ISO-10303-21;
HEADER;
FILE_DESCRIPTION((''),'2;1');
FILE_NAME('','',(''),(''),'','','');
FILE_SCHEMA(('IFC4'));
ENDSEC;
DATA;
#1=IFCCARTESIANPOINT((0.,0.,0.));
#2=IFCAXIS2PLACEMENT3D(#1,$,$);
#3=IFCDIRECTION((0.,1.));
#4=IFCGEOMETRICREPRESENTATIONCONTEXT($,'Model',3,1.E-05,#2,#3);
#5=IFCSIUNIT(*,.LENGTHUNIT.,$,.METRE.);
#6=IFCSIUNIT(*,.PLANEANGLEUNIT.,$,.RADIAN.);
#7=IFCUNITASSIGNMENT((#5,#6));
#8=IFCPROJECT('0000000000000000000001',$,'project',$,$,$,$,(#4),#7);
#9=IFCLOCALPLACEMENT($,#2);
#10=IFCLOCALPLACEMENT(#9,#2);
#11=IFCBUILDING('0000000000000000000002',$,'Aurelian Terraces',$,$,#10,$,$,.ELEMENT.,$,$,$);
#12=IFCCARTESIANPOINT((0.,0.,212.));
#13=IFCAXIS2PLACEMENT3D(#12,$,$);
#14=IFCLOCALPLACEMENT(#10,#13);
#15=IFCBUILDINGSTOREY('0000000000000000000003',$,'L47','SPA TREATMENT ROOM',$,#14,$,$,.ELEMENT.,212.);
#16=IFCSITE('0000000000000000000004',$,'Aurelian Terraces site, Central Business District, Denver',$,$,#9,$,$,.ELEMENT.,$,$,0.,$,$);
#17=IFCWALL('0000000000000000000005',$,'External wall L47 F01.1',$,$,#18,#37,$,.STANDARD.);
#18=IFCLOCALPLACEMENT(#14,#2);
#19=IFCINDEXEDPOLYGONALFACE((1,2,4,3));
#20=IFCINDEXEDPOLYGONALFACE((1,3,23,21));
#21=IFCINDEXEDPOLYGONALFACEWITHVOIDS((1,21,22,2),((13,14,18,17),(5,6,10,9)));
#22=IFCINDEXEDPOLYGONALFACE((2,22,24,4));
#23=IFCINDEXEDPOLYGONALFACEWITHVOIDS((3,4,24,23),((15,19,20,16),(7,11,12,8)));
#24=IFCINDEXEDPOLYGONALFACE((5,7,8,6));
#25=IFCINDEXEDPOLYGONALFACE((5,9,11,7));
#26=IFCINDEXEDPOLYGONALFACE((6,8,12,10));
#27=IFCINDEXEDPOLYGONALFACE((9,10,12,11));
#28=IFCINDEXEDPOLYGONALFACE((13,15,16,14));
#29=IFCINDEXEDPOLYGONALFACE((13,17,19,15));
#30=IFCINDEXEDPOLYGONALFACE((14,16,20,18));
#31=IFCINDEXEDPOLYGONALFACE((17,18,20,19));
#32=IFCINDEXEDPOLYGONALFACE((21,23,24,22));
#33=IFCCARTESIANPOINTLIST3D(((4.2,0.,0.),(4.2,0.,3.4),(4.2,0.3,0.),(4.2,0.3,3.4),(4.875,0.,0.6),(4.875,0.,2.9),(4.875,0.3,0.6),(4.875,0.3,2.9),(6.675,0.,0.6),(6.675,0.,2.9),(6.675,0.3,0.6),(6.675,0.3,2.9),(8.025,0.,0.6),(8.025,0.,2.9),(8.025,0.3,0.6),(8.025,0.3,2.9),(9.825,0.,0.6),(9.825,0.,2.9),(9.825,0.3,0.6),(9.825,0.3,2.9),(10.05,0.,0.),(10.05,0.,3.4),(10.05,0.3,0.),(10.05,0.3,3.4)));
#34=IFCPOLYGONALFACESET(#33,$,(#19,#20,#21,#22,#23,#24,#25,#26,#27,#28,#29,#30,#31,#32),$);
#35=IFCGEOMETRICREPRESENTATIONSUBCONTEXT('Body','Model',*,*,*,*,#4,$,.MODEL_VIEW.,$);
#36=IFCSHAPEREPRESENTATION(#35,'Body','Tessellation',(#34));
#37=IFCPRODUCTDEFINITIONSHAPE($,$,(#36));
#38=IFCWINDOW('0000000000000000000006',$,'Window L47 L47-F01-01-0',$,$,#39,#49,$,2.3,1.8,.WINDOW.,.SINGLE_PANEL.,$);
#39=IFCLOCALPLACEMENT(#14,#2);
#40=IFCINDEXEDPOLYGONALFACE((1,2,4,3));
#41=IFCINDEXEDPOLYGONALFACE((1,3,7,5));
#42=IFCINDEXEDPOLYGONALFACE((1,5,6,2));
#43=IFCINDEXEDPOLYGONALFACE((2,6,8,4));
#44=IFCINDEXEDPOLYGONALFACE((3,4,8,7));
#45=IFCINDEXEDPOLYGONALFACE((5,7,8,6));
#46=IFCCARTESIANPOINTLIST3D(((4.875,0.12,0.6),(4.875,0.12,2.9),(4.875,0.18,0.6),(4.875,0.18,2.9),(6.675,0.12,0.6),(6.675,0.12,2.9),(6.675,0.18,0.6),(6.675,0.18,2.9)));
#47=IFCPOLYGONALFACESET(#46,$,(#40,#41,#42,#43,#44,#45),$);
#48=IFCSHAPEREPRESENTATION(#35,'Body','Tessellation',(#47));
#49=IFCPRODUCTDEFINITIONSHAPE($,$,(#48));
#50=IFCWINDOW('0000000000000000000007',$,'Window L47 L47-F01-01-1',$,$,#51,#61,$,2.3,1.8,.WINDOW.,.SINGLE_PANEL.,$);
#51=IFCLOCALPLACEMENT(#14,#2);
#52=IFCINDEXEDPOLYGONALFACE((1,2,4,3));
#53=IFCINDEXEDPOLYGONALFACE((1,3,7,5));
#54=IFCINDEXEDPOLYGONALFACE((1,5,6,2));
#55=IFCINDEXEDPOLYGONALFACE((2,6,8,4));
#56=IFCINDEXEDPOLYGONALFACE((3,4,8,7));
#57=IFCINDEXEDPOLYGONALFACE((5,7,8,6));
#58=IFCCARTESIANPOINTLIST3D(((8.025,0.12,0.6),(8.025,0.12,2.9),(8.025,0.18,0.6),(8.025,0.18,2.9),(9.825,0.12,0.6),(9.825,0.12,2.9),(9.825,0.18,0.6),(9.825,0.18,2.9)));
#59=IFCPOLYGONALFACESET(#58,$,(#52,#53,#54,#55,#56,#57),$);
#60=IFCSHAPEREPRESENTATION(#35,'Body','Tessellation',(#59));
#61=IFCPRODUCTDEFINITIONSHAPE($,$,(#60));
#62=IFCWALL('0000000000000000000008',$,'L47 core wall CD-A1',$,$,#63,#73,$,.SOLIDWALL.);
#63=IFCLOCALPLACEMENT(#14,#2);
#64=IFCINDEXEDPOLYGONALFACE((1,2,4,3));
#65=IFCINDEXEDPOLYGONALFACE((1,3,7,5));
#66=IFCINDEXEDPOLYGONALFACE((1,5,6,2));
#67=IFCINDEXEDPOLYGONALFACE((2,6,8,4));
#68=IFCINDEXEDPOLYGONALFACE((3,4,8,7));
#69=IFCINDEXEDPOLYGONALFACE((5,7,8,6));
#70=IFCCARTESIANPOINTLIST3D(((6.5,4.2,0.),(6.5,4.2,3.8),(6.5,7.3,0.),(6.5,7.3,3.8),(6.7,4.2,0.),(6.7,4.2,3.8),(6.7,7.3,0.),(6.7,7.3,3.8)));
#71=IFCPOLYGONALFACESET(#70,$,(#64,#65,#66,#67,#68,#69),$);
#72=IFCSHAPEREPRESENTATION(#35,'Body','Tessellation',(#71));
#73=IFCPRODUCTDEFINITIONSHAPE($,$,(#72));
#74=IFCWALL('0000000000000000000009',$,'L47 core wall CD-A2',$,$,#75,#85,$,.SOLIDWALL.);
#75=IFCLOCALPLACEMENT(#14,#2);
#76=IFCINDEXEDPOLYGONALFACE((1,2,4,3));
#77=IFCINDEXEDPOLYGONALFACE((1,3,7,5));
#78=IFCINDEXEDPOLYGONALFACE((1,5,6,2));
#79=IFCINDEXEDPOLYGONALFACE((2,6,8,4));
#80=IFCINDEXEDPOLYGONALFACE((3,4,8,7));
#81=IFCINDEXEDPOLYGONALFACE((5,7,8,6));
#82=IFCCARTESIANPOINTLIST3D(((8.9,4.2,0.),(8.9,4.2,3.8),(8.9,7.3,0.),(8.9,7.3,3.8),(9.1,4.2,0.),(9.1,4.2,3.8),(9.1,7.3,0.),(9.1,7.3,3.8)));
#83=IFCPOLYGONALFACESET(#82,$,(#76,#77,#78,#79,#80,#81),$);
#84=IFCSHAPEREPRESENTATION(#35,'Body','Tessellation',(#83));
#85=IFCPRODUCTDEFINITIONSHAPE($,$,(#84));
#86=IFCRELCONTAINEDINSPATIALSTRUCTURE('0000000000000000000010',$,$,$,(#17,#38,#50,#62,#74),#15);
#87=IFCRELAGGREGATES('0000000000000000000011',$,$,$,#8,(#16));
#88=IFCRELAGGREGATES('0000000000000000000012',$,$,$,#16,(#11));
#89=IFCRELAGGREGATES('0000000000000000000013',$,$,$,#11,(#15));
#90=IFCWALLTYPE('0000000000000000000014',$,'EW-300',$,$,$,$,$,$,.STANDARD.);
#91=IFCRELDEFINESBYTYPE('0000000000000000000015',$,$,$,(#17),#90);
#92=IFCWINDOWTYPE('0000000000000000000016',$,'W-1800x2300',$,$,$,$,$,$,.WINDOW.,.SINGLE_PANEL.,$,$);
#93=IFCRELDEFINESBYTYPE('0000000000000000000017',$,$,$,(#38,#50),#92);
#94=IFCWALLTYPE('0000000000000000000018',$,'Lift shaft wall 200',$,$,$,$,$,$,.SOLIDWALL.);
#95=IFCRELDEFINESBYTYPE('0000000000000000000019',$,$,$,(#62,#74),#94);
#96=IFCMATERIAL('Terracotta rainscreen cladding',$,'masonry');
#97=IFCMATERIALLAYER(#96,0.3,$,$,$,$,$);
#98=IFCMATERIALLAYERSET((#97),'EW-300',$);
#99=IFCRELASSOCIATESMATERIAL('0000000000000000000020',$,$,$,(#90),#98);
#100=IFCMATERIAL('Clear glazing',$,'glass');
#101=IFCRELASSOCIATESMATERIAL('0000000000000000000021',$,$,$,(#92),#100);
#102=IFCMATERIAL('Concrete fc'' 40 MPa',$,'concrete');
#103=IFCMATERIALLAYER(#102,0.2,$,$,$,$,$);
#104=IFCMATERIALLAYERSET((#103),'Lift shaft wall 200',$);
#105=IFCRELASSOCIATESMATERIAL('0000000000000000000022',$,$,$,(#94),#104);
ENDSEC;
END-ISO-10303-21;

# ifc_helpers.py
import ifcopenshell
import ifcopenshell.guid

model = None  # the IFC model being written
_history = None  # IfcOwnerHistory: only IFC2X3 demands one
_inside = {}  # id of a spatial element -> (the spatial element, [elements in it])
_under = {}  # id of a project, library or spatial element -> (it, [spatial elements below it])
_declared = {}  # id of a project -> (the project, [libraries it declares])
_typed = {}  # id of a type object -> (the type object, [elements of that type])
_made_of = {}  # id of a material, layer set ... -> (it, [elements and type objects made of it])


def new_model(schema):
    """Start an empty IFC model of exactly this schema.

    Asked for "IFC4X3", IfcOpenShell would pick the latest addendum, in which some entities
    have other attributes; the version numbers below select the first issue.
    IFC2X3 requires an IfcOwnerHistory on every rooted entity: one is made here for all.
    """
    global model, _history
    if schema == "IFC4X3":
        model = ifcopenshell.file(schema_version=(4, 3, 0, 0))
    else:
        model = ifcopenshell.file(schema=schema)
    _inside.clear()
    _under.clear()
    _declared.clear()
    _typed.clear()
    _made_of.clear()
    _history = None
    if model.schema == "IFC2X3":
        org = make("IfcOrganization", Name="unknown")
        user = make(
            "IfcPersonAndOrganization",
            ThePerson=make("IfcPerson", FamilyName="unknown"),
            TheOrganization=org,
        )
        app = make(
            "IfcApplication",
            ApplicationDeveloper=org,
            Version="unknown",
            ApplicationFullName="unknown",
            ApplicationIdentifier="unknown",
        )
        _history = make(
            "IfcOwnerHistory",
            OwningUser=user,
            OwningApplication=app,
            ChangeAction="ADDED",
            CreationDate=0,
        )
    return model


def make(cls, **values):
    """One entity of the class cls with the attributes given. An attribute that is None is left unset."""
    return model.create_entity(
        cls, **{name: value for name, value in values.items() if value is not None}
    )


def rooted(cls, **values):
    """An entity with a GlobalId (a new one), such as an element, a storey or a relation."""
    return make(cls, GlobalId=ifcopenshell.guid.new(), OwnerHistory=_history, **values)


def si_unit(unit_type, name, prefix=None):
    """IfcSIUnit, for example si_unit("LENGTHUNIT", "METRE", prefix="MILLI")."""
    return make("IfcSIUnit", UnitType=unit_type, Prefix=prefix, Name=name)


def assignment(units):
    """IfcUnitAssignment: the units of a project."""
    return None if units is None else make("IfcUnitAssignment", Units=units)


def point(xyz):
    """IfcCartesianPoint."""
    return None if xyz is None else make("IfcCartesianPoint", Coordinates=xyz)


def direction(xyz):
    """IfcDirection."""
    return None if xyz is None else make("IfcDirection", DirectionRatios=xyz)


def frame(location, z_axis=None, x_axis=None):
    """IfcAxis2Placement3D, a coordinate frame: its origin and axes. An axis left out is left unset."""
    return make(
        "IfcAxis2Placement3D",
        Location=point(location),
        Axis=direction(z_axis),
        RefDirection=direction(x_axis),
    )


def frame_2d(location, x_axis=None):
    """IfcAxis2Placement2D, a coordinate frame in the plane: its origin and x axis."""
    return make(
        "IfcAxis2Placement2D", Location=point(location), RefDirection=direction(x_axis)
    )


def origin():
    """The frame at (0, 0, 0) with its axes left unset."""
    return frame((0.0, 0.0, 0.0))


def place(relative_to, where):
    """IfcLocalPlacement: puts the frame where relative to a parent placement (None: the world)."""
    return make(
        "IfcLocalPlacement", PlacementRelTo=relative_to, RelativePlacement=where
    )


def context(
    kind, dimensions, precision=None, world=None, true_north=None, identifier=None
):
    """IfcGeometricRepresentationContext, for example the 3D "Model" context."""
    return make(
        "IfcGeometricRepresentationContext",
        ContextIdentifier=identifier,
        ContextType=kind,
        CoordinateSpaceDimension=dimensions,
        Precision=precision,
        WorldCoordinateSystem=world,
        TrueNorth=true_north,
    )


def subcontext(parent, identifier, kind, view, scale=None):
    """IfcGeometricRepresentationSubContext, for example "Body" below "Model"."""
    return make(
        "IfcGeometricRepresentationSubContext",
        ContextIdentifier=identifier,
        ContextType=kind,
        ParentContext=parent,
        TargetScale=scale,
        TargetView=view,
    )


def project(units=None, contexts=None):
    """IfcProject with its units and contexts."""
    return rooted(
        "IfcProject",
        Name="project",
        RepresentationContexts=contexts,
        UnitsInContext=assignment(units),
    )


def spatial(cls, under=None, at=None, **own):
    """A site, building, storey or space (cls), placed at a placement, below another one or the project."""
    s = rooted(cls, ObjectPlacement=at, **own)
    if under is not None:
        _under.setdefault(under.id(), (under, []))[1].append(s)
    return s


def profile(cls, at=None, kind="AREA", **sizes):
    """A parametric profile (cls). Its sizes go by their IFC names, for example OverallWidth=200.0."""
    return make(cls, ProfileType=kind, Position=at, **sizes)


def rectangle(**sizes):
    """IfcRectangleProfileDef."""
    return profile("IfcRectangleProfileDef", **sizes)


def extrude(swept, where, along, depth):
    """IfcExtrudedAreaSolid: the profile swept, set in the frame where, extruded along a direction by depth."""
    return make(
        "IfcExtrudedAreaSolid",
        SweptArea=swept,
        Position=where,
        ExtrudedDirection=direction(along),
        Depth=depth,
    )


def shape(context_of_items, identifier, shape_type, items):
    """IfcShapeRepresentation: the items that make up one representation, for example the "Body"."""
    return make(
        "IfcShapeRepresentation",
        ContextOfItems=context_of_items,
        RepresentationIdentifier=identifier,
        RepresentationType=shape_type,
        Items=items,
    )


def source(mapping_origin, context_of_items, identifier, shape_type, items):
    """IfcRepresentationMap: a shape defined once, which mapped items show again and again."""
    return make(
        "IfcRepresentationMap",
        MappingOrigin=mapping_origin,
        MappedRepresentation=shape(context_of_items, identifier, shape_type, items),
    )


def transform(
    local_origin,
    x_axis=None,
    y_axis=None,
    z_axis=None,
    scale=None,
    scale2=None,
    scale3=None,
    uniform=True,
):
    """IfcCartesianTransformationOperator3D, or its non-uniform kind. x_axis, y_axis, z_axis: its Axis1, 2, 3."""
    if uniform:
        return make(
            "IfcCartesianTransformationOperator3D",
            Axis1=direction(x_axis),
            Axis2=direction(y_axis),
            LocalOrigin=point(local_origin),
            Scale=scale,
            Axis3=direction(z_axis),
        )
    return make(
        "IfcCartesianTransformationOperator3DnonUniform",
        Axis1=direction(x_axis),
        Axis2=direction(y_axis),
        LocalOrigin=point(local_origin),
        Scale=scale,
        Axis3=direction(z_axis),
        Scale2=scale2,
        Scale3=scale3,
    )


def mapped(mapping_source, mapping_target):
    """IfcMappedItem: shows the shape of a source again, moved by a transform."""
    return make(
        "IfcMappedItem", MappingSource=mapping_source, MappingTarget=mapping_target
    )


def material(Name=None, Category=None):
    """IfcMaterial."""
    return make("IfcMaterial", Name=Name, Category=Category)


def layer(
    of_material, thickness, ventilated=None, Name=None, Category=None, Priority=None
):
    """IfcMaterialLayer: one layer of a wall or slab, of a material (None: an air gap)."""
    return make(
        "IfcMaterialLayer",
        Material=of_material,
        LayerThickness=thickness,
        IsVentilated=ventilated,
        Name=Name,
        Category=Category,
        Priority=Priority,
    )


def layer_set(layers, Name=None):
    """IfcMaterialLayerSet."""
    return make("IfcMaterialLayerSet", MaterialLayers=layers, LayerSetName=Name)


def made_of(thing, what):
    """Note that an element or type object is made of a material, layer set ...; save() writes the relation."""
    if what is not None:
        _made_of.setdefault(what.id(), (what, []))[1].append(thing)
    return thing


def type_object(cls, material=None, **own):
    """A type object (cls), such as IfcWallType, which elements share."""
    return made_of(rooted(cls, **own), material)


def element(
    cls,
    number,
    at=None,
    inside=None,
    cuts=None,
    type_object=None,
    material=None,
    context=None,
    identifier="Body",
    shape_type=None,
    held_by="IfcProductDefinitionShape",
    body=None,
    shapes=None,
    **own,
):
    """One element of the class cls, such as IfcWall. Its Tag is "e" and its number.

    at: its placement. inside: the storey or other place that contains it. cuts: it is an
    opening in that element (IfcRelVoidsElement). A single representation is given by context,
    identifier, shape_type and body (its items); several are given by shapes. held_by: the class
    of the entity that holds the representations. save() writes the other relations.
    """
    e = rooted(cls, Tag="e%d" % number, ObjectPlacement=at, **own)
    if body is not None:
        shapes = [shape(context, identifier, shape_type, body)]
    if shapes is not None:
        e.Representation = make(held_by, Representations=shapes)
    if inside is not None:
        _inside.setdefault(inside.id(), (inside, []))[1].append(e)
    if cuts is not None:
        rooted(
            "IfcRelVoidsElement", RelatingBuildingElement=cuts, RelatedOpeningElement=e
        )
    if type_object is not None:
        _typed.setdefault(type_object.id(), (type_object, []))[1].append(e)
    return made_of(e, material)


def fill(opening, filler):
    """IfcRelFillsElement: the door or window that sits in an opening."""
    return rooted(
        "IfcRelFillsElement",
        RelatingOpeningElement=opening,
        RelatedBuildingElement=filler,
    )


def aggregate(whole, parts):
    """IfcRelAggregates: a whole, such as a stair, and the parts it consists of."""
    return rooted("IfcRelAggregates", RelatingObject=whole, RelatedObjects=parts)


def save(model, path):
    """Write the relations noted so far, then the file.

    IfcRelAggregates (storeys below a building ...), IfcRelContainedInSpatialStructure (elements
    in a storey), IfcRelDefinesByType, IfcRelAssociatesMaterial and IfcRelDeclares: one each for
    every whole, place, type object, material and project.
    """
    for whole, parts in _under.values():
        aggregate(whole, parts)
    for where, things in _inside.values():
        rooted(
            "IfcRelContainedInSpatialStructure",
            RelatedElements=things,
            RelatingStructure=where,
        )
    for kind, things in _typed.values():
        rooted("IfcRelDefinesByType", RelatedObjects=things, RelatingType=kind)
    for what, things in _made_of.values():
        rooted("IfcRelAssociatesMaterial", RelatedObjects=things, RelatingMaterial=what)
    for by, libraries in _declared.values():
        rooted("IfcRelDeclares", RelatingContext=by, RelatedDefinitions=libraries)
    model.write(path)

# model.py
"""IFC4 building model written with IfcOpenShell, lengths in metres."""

from ifc_helpers import new_model, si_unit, direction, frame, frame_2d, origin, place, context, subcontext, project, spatial, rectangle, extrude, source, transform, mapped, material, layer, layer_set, type_object, element, fill, save


model = new_model("IFC4")

# Units and contexts
model_context = context("Model", 3, precision=1e-05, world=origin(), true_north=direction((0.0, 1.0)))
body_context = subcontext(model_context, "Body", "Model", "MODEL_VIEW")
ifc_project = project(units=[si_unit("LENGTHUNIT", "METRE"), si_unit("PLANEANGLEUNIT", "RADIAN")], contexts=[model_context])

# Site, building, storey
site_placement = place(None, origin())
site = spatial("IfcSite", under=ifc_project, at=site_placement, Name="Aurelian Terraces site, Central Business District, Denver", CompositionType="ELEMENT", RefElevation=0.0)
building_placement = place(site_placement, origin())
building = spatial("IfcBuilding", under=site, at=building_placement, Name="Aurelian Terraces", CompositionType="ELEMENT")
storey_placement = place(building_placement, frame((0.0, 0.0, 212.0)))
storey = spatial("IfcBuildingStorey", under=building, at=storey_placement, Name="L47", Description="SPA TREATMENT ROOM", CompositionType="ELEMENT", Elevation=212.0)

# Shared definitions
ifc_material_1 = material(Name="Terracotta rainscreen cladding", Category="masonry")
ifc_layer_1 = layer(ifc_material_1, 0.3)
ifc_layer_set_1 = layer_set([ifc_layer_1], Name="EW-300")
wall_type_1 = type_object("IfcWallType", Name="EW-300", PredefinedType="STANDARD", material=ifc_layer_set_1)
shared_shape_1 = source(origin(), body_context, "Body", "SweptSolid", [
    extrude(rectangle(XDim=1.8, YDim=2.3, at=frame_2d((0.9, 1.15))), frame((0.0, 0.16, 0.0), z_axis=(0.0, -1.0, 0.0), x_axis=(1.0, 0.0, 0.0)), (0.0, 0.0, 1.0), 0.32),
])
ifc_material_2 = material(Name="Clear glazing", Category="glass")
window_type = type_object("IfcWindowType", Name="W-1800x2300", PartitioningType="SINGLE_PANEL", PredefinedType="WINDOW", material=ifc_material_2)
shared_shape_2 = source(origin(), body_context, "Body", "SweptSolid", [
    extrude(rectangle(XDim=1.8, YDim=2.3, at=frame_2d((0.9, 1.15))), frame((0.0, 0.03, 0.0), z_axis=(0.0, -1.0, 0.0), x_axis=(1.0, 0.0, 0.0)), (0.0, 0.0, 1.0), 0.06),
])

# Wall, openings, windows
shared_shape_3 = source(origin(), body_context, "Body", "SweptSolid", [
    extrude(rectangle(XDim=5.85, YDim=0.3, at=frame_2d((2.925, 0.0))), origin(), (0.0, 0.0, 1.0), 3.4),
])
wall_1_placement = place(storey_placement, frame((4.2, 0.15, 0.0), z_axis=(0.0, 0.0, 1.0), x_axis=(1.0, 0.0, 0.0)))
wall_1 = element("IfcWall", 1, at=wall_1_placement, inside=storey, type_object=wall_type_1, Name="External wall L47 F01.1", PredefinedType="STANDARD", context=body_context, shape_type="MappedRepresentation", body=[
    mapped(shared_shape_3, transform((0.0, 0.0, 0.0), scale=1.0)),
])
opening_1_placement = place(wall_1_placement, frame((0.675, 0.0, 0.6)))
opening_1 = element("IfcOpeningElement", 2, at=opening_1_placement, cuts=wall_1, PredefinedType="OPENING", context=body_context, shape_type="MappedRepresentation", body=[
    mapped(shared_shape_1, transform((0.0, 0.0, 0.0), scale=1.0)),
])
opening_2_placement = place(wall_1_placement, frame((3.825, 0.0, 0.6)))
opening_2 = element("IfcOpeningElement", 3, at=opening_2_placement, cuts=wall_1, PredefinedType="OPENING", context=body_context, shape_type="MappedRepresentation", body=[
    mapped(shared_shape_1, transform((0.0, 0.0, 0.0), scale=1.0)),
])
window_1_placement = place(opening_1_placement, origin())
window_1 = element("IfcWindow", 4, at=window_1_placement, inside=storey, type_object=window_type, Name="Window L47 L47-F01-01-0", OverallHeight=2.3, OverallWidth=1.8, PartitioningType="SINGLE_PANEL", PredefinedType="WINDOW", context=body_context, shape_type="MappedRepresentation", body=[
    mapped(shared_shape_2, transform((0.0, 0.0, 0.0), scale=1.0)),
])
fill(opening_1, window_1)
window_2_placement = place(opening_2_placement, origin())
window_2 = element("IfcWindow", 5, at=window_2_placement, inside=storey, type_object=window_type, Name="Window L47 L47-F01-01-1", OverallHeight=2.3, OverallWidth=1.8, PartitioningType="SINGLE_PANEL", PredefinedType="WINDOW", context=body_context, shape_type="MappedRepresentation", body=[
    mapped(shared_shape_2, transform((0.0, 0.0, 0.0), scale=1.0)),
])
fill(opening_2, window_2)

# Walls
ifc_material_3 = material(Name="Concrete fc' 40 MPa", Category="concrete")
ifc_layer_2 = layer(ifc_material_3, 0.2)
ifc_layer_set_2 = layer_set([ifc_layer_2], Name="Lift shaft wall 200")
wall_type_2 = type_object("IfcWallType", Name="Lift shaft wall 200", PredefinedType="SOLIDWALL", material=ifc_layer_set_2)
shared_shape_4 = source(origin(), body_context, "Body", "SweptSolid", [
    extrude(rectangle(XDim=3.1, YDim=0.2, at=frame_2d((1.55, 0.0))), origin(), (0.0, 0.0, 1.0), 3.8),
])
for number, where, z_axis, x_axis, name in (
    (6, (6.6, 4.2, 0.0), (0.0, 0.0, 1.0), (0.0, 1.0, 0.0), "L47 core wall CD-A1"),
    (7, (9.0, 4.2, 0.0), (0.0, 0.0, 1.0), (0.0, 1.0, 0.0), "L47 core wall CD-A2"),
):
    element("IfcWall", number, at=place(storey_placement, frame(where, z_axis=z_axis, x_axis=x_axis)), inside=storey, type_object=wall_type_2, Name=name, PredefinedType="SOLIDWALL", context=body_context, shape_type="MappedRepresentation", body=[
        mapped(shared_shape_4, transform((0.0, 0.0, 0.0), scale=1.0)),
    ])

save(model, "model.ifc")
